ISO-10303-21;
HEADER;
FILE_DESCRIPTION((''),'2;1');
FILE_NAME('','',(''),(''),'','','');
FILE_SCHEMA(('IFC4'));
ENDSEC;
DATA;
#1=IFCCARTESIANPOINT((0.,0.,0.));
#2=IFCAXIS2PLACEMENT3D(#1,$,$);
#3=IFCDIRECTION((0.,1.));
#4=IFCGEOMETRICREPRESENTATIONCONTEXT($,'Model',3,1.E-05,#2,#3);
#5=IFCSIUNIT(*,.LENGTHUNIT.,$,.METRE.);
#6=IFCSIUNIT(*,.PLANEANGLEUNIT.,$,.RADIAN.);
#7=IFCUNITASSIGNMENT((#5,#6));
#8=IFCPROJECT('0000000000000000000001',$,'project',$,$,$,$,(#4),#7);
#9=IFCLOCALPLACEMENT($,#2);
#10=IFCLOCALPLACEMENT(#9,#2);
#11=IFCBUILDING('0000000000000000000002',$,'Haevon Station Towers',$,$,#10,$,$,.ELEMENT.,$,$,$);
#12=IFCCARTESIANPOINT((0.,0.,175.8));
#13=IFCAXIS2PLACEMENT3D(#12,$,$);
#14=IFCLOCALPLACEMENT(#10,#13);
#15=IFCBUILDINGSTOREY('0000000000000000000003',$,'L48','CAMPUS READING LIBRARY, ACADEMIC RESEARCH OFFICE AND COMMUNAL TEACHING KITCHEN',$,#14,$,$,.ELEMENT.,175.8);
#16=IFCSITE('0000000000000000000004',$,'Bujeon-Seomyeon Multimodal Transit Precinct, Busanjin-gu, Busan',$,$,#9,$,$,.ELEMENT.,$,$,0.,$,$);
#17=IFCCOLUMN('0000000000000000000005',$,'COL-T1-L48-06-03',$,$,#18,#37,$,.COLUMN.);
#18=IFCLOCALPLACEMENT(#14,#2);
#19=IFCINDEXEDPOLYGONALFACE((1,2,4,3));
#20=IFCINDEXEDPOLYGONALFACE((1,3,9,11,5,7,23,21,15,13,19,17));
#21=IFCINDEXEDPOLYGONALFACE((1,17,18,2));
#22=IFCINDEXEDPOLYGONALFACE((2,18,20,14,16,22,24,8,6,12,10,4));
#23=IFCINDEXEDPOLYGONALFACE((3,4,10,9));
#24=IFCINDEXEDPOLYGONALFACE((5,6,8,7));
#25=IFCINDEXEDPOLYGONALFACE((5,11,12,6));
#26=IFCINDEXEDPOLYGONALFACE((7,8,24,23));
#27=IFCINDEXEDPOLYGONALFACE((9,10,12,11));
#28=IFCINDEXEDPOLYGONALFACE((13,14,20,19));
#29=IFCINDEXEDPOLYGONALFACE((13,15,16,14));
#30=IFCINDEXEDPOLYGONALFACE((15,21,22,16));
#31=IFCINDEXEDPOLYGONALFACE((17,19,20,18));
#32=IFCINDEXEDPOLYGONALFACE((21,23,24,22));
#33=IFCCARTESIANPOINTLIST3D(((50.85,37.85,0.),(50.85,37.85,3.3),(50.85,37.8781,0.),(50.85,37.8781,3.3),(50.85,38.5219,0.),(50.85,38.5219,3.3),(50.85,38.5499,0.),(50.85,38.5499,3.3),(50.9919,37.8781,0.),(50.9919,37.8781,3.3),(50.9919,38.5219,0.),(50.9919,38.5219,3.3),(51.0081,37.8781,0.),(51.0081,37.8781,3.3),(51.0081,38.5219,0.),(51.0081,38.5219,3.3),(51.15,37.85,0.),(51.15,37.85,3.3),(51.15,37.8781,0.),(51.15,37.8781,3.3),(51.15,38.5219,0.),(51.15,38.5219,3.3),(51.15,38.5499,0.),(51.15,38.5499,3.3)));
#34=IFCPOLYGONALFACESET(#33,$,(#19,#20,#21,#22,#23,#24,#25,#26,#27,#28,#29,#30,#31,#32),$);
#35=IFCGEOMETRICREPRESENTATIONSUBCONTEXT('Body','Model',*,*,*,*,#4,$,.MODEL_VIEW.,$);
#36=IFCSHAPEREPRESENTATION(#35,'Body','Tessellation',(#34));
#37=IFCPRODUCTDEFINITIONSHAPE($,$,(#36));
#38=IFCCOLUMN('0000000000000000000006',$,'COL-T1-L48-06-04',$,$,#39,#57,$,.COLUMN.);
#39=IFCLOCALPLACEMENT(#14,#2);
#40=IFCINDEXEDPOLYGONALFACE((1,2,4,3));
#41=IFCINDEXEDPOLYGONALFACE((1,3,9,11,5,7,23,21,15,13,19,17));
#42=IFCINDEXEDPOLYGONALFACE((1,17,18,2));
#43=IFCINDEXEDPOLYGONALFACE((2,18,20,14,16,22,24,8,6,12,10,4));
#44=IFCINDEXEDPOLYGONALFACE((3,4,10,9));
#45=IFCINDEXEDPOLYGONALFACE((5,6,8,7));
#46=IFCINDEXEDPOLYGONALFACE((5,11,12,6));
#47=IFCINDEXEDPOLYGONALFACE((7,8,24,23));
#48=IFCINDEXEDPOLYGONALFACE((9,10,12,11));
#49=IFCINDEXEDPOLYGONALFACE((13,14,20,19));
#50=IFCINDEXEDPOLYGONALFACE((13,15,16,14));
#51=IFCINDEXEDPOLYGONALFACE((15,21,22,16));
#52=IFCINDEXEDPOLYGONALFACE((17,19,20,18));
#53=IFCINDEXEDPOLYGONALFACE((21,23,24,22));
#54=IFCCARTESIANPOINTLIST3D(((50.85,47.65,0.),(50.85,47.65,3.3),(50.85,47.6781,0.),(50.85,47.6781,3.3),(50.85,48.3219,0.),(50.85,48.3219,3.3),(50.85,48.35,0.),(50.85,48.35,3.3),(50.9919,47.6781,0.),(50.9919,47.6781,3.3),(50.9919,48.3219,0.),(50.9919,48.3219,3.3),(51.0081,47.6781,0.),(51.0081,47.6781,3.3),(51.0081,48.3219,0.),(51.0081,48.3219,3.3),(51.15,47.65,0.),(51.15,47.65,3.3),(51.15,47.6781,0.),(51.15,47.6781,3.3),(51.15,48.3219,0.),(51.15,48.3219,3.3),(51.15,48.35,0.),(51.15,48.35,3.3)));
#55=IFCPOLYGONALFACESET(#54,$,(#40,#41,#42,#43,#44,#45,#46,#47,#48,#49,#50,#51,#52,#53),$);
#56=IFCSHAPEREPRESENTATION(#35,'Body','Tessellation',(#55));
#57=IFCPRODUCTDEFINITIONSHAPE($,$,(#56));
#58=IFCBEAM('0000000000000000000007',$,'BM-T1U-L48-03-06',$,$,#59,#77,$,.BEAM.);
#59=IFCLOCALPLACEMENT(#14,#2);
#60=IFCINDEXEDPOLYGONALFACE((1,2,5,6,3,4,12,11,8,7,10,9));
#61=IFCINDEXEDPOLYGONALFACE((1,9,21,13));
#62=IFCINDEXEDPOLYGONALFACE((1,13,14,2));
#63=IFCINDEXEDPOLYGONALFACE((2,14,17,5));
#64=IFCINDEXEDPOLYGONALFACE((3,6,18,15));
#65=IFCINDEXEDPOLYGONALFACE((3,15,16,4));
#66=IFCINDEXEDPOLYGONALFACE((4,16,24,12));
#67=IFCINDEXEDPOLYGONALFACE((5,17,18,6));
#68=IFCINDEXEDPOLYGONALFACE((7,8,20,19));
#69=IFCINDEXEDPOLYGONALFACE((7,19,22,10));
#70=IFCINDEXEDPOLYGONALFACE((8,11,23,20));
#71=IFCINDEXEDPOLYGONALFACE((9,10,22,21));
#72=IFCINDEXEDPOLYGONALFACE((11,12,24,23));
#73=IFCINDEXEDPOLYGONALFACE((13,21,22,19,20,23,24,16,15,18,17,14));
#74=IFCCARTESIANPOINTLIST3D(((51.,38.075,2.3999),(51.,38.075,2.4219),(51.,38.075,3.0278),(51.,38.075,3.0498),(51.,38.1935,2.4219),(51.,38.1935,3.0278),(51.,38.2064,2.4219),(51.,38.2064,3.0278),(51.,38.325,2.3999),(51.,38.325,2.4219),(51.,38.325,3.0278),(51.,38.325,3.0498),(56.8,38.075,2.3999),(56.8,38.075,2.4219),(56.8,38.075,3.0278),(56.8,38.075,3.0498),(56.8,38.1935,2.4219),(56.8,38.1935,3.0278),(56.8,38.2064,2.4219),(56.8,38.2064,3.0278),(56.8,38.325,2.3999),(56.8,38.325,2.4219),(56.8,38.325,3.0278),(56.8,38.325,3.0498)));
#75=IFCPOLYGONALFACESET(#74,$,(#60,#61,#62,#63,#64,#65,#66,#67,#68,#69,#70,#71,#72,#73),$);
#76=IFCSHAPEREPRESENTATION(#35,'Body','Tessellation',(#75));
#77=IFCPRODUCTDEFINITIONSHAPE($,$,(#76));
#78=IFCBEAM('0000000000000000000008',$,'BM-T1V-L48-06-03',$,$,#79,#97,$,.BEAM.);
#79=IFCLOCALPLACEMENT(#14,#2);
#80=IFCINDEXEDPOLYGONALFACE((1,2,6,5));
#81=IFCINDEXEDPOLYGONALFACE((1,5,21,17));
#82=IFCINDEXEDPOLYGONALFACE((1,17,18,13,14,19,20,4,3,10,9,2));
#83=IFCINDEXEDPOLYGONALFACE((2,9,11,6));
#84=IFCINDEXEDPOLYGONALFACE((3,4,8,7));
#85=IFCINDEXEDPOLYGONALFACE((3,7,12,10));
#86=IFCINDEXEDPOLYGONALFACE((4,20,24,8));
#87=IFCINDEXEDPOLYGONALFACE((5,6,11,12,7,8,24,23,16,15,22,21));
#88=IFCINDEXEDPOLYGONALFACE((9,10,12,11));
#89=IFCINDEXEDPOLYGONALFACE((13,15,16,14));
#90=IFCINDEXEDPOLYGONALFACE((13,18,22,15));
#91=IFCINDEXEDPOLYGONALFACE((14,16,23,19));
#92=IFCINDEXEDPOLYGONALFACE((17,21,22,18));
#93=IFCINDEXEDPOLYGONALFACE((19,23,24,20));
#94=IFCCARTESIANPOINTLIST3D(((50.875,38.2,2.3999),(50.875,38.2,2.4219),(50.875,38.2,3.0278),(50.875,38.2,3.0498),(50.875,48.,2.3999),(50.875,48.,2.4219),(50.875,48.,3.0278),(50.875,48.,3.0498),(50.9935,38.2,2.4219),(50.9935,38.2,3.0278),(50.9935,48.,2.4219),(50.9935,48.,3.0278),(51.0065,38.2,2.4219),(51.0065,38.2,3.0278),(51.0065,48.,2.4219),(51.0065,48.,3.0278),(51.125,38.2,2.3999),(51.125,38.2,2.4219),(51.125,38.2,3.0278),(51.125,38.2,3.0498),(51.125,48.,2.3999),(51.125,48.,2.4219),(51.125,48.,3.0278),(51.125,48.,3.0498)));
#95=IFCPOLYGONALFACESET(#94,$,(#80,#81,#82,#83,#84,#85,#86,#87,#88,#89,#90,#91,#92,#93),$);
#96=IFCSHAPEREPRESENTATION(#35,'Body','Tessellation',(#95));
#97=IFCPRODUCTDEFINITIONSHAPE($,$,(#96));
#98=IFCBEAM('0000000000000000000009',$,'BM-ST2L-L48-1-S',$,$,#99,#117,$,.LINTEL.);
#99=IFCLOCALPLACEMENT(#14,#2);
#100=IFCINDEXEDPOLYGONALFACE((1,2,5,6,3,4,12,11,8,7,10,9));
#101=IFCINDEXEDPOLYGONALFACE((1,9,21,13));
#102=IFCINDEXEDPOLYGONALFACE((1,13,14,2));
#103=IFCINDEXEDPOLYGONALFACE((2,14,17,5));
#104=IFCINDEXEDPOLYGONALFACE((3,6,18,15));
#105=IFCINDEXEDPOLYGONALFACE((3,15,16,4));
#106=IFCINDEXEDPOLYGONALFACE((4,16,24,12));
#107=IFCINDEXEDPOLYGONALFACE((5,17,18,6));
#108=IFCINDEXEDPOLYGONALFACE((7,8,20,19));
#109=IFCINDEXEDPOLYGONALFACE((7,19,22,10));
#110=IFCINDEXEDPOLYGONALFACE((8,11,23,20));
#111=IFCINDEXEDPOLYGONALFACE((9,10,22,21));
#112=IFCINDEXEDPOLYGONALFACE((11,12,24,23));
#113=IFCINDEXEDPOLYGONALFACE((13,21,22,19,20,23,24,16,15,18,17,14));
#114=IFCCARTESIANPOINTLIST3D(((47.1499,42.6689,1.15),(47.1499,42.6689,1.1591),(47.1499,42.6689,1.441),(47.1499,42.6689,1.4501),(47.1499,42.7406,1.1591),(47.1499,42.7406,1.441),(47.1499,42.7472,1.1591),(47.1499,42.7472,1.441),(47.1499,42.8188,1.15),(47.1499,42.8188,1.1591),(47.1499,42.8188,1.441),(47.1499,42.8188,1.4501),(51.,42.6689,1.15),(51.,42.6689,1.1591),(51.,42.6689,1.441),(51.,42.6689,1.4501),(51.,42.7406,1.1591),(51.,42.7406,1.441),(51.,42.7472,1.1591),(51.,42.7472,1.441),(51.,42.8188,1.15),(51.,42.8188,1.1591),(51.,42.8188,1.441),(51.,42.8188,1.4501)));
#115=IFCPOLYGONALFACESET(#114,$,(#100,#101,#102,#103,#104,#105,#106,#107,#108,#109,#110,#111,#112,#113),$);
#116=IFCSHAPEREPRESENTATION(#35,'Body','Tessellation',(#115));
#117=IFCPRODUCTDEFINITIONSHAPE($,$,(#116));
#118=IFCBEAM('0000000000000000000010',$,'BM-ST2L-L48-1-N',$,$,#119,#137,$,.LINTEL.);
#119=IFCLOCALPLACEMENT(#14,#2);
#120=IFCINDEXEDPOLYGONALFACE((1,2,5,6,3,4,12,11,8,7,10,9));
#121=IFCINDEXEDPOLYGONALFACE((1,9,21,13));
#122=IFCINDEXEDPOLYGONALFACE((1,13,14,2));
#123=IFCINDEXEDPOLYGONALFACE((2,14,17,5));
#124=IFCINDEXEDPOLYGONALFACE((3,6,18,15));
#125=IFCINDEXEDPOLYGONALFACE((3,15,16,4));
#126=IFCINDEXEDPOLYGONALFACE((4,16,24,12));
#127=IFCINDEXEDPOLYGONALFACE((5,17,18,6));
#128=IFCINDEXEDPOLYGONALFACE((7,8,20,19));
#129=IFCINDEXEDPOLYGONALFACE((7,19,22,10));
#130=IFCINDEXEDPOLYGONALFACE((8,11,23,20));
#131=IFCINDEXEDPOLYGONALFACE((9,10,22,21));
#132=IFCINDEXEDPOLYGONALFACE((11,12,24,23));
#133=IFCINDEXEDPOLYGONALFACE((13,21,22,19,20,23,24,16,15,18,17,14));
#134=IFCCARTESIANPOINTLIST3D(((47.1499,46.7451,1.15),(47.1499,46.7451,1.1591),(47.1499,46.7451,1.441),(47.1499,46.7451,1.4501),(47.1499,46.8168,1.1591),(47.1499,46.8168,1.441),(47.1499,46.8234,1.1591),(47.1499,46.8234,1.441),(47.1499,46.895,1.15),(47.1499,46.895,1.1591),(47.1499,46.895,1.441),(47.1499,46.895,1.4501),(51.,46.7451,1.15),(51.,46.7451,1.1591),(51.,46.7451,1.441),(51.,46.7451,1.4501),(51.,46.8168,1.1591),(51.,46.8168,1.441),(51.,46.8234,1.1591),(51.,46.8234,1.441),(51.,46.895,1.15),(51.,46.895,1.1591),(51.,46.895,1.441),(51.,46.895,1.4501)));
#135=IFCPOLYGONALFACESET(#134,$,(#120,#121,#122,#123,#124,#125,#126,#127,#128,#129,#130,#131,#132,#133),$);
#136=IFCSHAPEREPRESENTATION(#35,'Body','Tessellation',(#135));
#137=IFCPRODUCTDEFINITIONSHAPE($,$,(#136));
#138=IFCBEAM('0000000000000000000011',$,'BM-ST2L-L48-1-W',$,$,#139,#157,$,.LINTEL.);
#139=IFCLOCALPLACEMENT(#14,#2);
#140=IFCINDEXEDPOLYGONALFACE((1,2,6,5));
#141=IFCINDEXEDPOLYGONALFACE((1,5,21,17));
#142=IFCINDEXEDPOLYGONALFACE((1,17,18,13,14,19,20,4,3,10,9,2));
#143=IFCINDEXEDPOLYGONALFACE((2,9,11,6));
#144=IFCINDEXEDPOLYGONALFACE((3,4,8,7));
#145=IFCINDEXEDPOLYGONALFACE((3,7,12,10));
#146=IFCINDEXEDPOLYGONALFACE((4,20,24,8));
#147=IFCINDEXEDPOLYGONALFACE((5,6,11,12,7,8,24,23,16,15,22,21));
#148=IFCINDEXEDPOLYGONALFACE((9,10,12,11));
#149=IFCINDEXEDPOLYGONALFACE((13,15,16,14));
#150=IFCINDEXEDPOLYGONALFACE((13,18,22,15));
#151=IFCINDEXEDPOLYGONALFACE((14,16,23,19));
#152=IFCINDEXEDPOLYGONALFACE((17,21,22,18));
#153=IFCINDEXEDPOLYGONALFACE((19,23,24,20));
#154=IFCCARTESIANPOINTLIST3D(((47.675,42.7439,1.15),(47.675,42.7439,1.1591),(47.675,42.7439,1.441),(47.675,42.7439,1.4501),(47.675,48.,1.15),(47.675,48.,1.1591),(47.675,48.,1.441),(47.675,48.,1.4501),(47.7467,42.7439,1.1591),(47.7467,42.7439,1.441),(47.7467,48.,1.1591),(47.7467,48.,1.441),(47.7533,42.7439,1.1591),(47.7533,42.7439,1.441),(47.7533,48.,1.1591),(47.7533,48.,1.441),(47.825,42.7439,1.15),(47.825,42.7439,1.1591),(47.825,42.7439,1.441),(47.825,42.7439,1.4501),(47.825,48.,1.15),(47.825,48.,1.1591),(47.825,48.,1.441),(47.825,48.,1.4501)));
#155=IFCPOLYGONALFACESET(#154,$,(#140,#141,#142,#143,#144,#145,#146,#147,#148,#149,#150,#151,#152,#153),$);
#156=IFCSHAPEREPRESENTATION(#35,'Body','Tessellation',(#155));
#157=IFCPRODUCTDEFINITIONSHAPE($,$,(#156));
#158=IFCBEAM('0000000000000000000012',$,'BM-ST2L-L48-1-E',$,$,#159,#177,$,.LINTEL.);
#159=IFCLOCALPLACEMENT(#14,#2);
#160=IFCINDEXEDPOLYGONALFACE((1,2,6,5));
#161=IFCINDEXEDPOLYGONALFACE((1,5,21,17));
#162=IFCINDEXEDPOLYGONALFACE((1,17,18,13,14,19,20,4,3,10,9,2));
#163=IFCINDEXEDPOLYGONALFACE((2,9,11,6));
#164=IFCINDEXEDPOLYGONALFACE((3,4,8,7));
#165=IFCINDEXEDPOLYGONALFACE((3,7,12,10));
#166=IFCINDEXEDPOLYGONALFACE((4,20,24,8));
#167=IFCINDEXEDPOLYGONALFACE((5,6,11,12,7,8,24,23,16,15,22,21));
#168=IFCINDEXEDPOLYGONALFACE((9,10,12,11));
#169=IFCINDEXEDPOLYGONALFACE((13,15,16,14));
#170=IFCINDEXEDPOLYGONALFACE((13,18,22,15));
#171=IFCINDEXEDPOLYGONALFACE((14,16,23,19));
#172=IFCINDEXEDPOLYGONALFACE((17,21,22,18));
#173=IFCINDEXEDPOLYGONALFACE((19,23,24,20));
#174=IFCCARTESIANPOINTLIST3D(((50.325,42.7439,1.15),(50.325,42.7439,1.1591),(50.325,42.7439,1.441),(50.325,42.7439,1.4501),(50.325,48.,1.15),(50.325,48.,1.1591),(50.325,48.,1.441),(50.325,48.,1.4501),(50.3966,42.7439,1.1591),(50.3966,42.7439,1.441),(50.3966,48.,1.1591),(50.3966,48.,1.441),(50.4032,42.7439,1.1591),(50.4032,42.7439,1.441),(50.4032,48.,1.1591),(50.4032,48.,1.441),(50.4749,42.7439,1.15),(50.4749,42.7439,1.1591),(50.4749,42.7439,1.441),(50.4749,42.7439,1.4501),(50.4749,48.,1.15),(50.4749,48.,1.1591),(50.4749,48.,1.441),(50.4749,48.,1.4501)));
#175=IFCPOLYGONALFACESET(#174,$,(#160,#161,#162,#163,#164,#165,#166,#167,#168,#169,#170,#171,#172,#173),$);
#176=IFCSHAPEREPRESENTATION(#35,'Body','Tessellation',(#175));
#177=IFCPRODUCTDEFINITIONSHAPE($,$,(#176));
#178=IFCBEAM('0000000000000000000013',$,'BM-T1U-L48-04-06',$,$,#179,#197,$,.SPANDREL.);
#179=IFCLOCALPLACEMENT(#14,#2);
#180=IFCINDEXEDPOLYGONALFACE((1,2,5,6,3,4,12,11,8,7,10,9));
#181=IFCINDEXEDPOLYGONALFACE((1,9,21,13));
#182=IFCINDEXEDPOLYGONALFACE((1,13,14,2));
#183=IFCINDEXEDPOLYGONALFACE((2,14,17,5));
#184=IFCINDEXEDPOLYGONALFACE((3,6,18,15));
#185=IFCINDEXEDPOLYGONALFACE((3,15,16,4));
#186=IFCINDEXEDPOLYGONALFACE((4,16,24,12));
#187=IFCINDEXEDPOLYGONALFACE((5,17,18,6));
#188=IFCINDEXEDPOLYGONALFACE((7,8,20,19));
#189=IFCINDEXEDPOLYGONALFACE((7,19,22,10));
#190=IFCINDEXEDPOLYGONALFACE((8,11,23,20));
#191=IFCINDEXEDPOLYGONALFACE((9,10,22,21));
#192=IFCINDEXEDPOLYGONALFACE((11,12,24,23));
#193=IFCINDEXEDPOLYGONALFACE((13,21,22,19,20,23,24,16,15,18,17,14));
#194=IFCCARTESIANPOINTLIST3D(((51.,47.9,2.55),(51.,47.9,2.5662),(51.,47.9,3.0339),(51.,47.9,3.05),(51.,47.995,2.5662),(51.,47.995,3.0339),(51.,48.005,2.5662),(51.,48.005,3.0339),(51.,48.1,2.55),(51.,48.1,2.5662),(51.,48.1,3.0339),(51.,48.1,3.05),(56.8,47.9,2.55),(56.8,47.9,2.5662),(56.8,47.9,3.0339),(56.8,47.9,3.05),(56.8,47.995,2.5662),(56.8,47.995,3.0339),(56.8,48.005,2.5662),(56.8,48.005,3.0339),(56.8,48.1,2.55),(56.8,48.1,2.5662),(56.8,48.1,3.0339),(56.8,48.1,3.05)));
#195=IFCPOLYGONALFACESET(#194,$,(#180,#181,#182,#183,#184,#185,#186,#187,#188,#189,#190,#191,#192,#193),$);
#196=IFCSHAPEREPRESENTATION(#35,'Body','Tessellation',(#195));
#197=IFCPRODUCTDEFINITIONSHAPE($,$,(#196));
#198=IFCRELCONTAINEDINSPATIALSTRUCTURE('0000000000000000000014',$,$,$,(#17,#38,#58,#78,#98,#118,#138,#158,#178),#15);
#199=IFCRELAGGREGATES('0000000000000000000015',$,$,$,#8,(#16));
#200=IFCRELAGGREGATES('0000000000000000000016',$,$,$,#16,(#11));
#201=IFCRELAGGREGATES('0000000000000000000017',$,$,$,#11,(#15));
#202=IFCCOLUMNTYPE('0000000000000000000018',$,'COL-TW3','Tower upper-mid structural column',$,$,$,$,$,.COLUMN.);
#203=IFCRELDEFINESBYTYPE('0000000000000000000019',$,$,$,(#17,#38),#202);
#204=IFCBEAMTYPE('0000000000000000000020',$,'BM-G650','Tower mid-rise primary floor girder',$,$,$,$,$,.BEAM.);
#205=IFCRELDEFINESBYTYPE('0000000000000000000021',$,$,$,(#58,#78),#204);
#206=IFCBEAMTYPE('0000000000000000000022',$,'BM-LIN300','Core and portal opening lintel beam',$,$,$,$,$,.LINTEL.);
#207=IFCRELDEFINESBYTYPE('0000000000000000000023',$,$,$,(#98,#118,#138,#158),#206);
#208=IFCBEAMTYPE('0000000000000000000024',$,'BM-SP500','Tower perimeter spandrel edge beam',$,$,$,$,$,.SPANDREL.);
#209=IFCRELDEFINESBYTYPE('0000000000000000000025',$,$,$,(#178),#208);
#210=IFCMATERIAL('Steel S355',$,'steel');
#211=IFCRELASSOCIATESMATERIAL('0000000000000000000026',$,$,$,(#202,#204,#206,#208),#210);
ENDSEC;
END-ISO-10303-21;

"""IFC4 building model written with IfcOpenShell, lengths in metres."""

from ifc_helpers import new_model, si_unit, direction, frame, origin, origin_2d, place, context, subcontext, project, spatial, i_section, extrude, material, material_profile, profile_set, type_object, element, save


model = new_model("IFC4")

# Units and contexts
model_context = context("Model", 3, precision=1e-05, world=origin(), true_north=direction((0.0, 1.0)))
body_context = subcontext(model_context, "Body", "Model", "MODEL_VIEW")
ifc_project = project(units=[si_unit("LENGTHUNIT", "METRE"), si_unit("PLANEANGLEUNIT", "RADIAN")], contexts=[model_context])

# Site, building, storey
site_placement = place(None, origin())
site = spatial("IfcSite", under=ifc_project, at=site_placement, Name="Bujeon-Seomyeon Multimodal Transit Precinct, Busanjin-gu, Busan", CompositionType="ELEMENT", RefElevation=0.0)
building_placement = place(site_placement, origin())
building = spatial("IfcBuilding", under=site, at=building_placement, Name="Haevon Station Towers", CompositionType="ELEMENT")
storey_placement = place(building_placement, frame((0.0, 0.0, 175.8)))
storey = spatial("IfcBuildingStorey", under=building, at=storey_placement, Name="L48", Description="CAMPUS READING LIBRARY, ACADEMIC RESEARCH OFFICE AND COMMUNAL TEACHING KITCHEN", CompositionType="ELEMENT", Elevation=175.8)

# Columns
ifc_material_1 = material(Name="Steel S355", Category="steel")
ifc_material_profile_1 = material_profile(ifc_material_1, i_section(OverallWidth=0.3, OverallDepth=0.7, WebThickness=0.0161, FlangeThickness=0.0281, at=origin_2d()), Name="H-700x300x16x28")
ifc_profile_set_1 = profile_set([ifc_material_profile_1], Name="Steel S355")
column_type = type_object("IfcColumnType", Name="COL-TW3", Description="Tower upper-mid structural column", PredefinedType="COLUMN", material=ifc_profile_set_1)
for number, where, z_axis, x_axis, name in (
    (1, (51.0, 38.2, 0.0), (0.0, 0.0, 1.0), (1.0, 0.0, 0.0), "COL-T1-L48-06-03"),
    (2, (51.0, 48.0, 0.0), (0.0, 0.0, 1.0), (1.0, 0.0, 0.0), "COL-T1-L48-06-04"),
):
    element("IfcColumn", number, at=place(storey_placement, frame(where, z_axis=z_axis, x_axis=x_axis)), inside=storey, type_object=column_type, Name=name, PredefinedType="COLUMN", context=body_context, shape_type="SweptSolid", body=[
        extrude(i_section(OverallWidth=0.3, OverallDepth=0.7, WebThickness=0.0161, FlangeThickness=0.0281, at=origin_2d()), origin(), (0.0, 0.0, 1.0), 3.3),
    ])

# Beams
ifc_material_profile_2 = material_profile(ifc_material_1, i_section(OverallWidth=0.25, OverallDepth=0.6499, WebThickness=0.0129, FlangeThickness=0.022, at=origin_2d()), Name="H-650x250x13x22")
ifc_profile_set_2 = profile_set([ifc_material_profile_2], Name="Steel S355")
beam_type_1 = type_object("IfcBeamType", Name="BM-G650", Description="Tower mid-rise primary floor girder", PredefinedType="BEAM", material=ifc_profile_set_2)
beam_1_placement = place(storey_placement, frame((51.0, 38.2, 2.7249), z_axis=(1.0, 0.0, 0.0), x_axis=(0.0, 1.0, 0.0)))
element("IfcBeam", 3, at=beam_1_placement, inside=storey, type_object=beam_type_1, Name="BM-T1U-L48-03-06", PredefinedType="BEAM", context=body_context, shape_type="SweptSolid", body=[
    extrude(i_section(OverallWidth=0.25, OverallDepth=0.6499, WebThickness=0.0129, FlangeThickness=0.022, at=origin_2d()), origin(), (0.0, 0.0, 1.0), 5.8),
])
beam_2_placement = place(storey_placement, frame((51.0, 38.2, 2.7249), z_axis=(0.0, 1.0, 0.0), x_axis=(-1.0, 0.0, 0.0)))
element("IfcBeam", 4, at=beam_2_placement, inside=storey, type_object=beam_type_1, Name="BM-T1V-L48-06-03", PredefinedType="BEAM", context=body_context, shape_type="SweptSolid", body=[
    extrude(i_section(OverallWidth=0.25, OverallDepth=0.6499, WebThickness=0.0129, FlangeThickness=0.022, at=origin_2d()), origin(), (0.0, 0.0, 1.0), 9.8),
])
ifc_material_profile_3 = material_profile(ifc_material_1, i_section(OverallWidth=0.1499, OverallDepth=0.3, WebThickness=0.0066, FlangeThickness=0.009, at=origin_2d()), Name="H-300x150x6.5x9")
ifc_profile_set_3 = profile_set([ifc_material_profile_3], Name="Steel S355")
beam_type_2 = type_object("IfcBeamType", Name="BM-LIN300", Description="Core and portal opening lintel beam", PredefinedType="LINTEL", material=ifc_profile_set_3)
for number, where, z_axis, x_axis, name in (
    (5, (47.1499, 42.7439, 1.3), (1.0, 0.0, 0.0), (0.0, 1.0, 0.0), "BM-ST2L-L48-1-S"),
    (6, (47.1499, 46.8201, 1.3), (1.0, 0.0, 0.0), (0.0, 1.0, 0.0), "BM-ST2L-L48-1-N"),
):
    element("IfcBeam", number, at=place(storey_placement, frame(where, z_axis=z_axis, x_axis=x_axis)), inside=storey, type_object=beam_type_2, Name=name, PredefinedType="LINTEL", context=body_context, shape_type="SweptSolid", body=[
        extrude(i_section(OverallWidth=0.1499, OverallDepth=0.3, WebThickness=0.0066, FlangeThickness=0.009, at=origin_2d()), origin(), (0.0, 0.0, 1.0), 3.8501),
    ])
for number, where, z_axis, x_axis, name in (
    (7, (47.75, 42.7439, 1.3), (0.0, 1.0, 0.0), (-1.0, 0.0, 0.0), "BM-ST2L-L48-1-W"),
    (8, (50.3999, 42.7439, 1.3), (0.0, 1.0, 0.0), (-1.0, 0.0, 0.0), "BM-ST2L-L48-1-E"),
):
    element("IfcBeam", number, at=place(storey_placement, frame(where, z_axis=z_axis, x_axis=x_axis)), inside=storey, type_object=beam_type_2, Name=name, PredefinedType="LINTEL", context=body_context, shape_type="SweptSolid", body=[
        extrude(i_section(OverallWidth=0.1499, OverallDepth=0.3, WebThickness=0.0066, FlangeThickness=0.009, at=origin_2d()), origin(), (0.0, 0.0, 1.0), 5.2561),
    ])
ifc_material_profile_4 = material_profile(ifc_material_1, i_section(OverallWidth=0.2, OverallDepth=0.5, WebThickness=0.01, FlangeThickness=0.0161, at=origin_2d()), Name="H-500x200x10x16")
ifc_profile_set_4 = profile_set([ifc_material_profile_4], Name="Steel S355")
beam_type_3 = type_object("IfcBeamType", Name="BM-SP500", Description="Tower perimeter spandrel edge beam", PredefinedType="SPANDREL", material=ifc_profile_set_4)
beam_3_placement = place(storey_placement, frame((51.0, 48.0, 2.8), z_axis=(1.0, 0.0, 0.0), x_axis=(0.0, 1.0, 0.0)))
element("IfcBeam", 9, at=beam_3_placement, inside=storey, type_object=beam_type_3, Name="BM-T1U-L48-04-06", PredefinedType="SPANDREL", context=body_context, shape_type="SweptSolid", body=[
    extrude(i_section(OverallWidth=0.2, OverallDepth=0.5, WebThickness=0.01, FlangeThickness=0.0161, at=origin_2d()), origin(), (0.0, 0.0, 1.0), 5.8),
])

save(model, "model.ifc")
